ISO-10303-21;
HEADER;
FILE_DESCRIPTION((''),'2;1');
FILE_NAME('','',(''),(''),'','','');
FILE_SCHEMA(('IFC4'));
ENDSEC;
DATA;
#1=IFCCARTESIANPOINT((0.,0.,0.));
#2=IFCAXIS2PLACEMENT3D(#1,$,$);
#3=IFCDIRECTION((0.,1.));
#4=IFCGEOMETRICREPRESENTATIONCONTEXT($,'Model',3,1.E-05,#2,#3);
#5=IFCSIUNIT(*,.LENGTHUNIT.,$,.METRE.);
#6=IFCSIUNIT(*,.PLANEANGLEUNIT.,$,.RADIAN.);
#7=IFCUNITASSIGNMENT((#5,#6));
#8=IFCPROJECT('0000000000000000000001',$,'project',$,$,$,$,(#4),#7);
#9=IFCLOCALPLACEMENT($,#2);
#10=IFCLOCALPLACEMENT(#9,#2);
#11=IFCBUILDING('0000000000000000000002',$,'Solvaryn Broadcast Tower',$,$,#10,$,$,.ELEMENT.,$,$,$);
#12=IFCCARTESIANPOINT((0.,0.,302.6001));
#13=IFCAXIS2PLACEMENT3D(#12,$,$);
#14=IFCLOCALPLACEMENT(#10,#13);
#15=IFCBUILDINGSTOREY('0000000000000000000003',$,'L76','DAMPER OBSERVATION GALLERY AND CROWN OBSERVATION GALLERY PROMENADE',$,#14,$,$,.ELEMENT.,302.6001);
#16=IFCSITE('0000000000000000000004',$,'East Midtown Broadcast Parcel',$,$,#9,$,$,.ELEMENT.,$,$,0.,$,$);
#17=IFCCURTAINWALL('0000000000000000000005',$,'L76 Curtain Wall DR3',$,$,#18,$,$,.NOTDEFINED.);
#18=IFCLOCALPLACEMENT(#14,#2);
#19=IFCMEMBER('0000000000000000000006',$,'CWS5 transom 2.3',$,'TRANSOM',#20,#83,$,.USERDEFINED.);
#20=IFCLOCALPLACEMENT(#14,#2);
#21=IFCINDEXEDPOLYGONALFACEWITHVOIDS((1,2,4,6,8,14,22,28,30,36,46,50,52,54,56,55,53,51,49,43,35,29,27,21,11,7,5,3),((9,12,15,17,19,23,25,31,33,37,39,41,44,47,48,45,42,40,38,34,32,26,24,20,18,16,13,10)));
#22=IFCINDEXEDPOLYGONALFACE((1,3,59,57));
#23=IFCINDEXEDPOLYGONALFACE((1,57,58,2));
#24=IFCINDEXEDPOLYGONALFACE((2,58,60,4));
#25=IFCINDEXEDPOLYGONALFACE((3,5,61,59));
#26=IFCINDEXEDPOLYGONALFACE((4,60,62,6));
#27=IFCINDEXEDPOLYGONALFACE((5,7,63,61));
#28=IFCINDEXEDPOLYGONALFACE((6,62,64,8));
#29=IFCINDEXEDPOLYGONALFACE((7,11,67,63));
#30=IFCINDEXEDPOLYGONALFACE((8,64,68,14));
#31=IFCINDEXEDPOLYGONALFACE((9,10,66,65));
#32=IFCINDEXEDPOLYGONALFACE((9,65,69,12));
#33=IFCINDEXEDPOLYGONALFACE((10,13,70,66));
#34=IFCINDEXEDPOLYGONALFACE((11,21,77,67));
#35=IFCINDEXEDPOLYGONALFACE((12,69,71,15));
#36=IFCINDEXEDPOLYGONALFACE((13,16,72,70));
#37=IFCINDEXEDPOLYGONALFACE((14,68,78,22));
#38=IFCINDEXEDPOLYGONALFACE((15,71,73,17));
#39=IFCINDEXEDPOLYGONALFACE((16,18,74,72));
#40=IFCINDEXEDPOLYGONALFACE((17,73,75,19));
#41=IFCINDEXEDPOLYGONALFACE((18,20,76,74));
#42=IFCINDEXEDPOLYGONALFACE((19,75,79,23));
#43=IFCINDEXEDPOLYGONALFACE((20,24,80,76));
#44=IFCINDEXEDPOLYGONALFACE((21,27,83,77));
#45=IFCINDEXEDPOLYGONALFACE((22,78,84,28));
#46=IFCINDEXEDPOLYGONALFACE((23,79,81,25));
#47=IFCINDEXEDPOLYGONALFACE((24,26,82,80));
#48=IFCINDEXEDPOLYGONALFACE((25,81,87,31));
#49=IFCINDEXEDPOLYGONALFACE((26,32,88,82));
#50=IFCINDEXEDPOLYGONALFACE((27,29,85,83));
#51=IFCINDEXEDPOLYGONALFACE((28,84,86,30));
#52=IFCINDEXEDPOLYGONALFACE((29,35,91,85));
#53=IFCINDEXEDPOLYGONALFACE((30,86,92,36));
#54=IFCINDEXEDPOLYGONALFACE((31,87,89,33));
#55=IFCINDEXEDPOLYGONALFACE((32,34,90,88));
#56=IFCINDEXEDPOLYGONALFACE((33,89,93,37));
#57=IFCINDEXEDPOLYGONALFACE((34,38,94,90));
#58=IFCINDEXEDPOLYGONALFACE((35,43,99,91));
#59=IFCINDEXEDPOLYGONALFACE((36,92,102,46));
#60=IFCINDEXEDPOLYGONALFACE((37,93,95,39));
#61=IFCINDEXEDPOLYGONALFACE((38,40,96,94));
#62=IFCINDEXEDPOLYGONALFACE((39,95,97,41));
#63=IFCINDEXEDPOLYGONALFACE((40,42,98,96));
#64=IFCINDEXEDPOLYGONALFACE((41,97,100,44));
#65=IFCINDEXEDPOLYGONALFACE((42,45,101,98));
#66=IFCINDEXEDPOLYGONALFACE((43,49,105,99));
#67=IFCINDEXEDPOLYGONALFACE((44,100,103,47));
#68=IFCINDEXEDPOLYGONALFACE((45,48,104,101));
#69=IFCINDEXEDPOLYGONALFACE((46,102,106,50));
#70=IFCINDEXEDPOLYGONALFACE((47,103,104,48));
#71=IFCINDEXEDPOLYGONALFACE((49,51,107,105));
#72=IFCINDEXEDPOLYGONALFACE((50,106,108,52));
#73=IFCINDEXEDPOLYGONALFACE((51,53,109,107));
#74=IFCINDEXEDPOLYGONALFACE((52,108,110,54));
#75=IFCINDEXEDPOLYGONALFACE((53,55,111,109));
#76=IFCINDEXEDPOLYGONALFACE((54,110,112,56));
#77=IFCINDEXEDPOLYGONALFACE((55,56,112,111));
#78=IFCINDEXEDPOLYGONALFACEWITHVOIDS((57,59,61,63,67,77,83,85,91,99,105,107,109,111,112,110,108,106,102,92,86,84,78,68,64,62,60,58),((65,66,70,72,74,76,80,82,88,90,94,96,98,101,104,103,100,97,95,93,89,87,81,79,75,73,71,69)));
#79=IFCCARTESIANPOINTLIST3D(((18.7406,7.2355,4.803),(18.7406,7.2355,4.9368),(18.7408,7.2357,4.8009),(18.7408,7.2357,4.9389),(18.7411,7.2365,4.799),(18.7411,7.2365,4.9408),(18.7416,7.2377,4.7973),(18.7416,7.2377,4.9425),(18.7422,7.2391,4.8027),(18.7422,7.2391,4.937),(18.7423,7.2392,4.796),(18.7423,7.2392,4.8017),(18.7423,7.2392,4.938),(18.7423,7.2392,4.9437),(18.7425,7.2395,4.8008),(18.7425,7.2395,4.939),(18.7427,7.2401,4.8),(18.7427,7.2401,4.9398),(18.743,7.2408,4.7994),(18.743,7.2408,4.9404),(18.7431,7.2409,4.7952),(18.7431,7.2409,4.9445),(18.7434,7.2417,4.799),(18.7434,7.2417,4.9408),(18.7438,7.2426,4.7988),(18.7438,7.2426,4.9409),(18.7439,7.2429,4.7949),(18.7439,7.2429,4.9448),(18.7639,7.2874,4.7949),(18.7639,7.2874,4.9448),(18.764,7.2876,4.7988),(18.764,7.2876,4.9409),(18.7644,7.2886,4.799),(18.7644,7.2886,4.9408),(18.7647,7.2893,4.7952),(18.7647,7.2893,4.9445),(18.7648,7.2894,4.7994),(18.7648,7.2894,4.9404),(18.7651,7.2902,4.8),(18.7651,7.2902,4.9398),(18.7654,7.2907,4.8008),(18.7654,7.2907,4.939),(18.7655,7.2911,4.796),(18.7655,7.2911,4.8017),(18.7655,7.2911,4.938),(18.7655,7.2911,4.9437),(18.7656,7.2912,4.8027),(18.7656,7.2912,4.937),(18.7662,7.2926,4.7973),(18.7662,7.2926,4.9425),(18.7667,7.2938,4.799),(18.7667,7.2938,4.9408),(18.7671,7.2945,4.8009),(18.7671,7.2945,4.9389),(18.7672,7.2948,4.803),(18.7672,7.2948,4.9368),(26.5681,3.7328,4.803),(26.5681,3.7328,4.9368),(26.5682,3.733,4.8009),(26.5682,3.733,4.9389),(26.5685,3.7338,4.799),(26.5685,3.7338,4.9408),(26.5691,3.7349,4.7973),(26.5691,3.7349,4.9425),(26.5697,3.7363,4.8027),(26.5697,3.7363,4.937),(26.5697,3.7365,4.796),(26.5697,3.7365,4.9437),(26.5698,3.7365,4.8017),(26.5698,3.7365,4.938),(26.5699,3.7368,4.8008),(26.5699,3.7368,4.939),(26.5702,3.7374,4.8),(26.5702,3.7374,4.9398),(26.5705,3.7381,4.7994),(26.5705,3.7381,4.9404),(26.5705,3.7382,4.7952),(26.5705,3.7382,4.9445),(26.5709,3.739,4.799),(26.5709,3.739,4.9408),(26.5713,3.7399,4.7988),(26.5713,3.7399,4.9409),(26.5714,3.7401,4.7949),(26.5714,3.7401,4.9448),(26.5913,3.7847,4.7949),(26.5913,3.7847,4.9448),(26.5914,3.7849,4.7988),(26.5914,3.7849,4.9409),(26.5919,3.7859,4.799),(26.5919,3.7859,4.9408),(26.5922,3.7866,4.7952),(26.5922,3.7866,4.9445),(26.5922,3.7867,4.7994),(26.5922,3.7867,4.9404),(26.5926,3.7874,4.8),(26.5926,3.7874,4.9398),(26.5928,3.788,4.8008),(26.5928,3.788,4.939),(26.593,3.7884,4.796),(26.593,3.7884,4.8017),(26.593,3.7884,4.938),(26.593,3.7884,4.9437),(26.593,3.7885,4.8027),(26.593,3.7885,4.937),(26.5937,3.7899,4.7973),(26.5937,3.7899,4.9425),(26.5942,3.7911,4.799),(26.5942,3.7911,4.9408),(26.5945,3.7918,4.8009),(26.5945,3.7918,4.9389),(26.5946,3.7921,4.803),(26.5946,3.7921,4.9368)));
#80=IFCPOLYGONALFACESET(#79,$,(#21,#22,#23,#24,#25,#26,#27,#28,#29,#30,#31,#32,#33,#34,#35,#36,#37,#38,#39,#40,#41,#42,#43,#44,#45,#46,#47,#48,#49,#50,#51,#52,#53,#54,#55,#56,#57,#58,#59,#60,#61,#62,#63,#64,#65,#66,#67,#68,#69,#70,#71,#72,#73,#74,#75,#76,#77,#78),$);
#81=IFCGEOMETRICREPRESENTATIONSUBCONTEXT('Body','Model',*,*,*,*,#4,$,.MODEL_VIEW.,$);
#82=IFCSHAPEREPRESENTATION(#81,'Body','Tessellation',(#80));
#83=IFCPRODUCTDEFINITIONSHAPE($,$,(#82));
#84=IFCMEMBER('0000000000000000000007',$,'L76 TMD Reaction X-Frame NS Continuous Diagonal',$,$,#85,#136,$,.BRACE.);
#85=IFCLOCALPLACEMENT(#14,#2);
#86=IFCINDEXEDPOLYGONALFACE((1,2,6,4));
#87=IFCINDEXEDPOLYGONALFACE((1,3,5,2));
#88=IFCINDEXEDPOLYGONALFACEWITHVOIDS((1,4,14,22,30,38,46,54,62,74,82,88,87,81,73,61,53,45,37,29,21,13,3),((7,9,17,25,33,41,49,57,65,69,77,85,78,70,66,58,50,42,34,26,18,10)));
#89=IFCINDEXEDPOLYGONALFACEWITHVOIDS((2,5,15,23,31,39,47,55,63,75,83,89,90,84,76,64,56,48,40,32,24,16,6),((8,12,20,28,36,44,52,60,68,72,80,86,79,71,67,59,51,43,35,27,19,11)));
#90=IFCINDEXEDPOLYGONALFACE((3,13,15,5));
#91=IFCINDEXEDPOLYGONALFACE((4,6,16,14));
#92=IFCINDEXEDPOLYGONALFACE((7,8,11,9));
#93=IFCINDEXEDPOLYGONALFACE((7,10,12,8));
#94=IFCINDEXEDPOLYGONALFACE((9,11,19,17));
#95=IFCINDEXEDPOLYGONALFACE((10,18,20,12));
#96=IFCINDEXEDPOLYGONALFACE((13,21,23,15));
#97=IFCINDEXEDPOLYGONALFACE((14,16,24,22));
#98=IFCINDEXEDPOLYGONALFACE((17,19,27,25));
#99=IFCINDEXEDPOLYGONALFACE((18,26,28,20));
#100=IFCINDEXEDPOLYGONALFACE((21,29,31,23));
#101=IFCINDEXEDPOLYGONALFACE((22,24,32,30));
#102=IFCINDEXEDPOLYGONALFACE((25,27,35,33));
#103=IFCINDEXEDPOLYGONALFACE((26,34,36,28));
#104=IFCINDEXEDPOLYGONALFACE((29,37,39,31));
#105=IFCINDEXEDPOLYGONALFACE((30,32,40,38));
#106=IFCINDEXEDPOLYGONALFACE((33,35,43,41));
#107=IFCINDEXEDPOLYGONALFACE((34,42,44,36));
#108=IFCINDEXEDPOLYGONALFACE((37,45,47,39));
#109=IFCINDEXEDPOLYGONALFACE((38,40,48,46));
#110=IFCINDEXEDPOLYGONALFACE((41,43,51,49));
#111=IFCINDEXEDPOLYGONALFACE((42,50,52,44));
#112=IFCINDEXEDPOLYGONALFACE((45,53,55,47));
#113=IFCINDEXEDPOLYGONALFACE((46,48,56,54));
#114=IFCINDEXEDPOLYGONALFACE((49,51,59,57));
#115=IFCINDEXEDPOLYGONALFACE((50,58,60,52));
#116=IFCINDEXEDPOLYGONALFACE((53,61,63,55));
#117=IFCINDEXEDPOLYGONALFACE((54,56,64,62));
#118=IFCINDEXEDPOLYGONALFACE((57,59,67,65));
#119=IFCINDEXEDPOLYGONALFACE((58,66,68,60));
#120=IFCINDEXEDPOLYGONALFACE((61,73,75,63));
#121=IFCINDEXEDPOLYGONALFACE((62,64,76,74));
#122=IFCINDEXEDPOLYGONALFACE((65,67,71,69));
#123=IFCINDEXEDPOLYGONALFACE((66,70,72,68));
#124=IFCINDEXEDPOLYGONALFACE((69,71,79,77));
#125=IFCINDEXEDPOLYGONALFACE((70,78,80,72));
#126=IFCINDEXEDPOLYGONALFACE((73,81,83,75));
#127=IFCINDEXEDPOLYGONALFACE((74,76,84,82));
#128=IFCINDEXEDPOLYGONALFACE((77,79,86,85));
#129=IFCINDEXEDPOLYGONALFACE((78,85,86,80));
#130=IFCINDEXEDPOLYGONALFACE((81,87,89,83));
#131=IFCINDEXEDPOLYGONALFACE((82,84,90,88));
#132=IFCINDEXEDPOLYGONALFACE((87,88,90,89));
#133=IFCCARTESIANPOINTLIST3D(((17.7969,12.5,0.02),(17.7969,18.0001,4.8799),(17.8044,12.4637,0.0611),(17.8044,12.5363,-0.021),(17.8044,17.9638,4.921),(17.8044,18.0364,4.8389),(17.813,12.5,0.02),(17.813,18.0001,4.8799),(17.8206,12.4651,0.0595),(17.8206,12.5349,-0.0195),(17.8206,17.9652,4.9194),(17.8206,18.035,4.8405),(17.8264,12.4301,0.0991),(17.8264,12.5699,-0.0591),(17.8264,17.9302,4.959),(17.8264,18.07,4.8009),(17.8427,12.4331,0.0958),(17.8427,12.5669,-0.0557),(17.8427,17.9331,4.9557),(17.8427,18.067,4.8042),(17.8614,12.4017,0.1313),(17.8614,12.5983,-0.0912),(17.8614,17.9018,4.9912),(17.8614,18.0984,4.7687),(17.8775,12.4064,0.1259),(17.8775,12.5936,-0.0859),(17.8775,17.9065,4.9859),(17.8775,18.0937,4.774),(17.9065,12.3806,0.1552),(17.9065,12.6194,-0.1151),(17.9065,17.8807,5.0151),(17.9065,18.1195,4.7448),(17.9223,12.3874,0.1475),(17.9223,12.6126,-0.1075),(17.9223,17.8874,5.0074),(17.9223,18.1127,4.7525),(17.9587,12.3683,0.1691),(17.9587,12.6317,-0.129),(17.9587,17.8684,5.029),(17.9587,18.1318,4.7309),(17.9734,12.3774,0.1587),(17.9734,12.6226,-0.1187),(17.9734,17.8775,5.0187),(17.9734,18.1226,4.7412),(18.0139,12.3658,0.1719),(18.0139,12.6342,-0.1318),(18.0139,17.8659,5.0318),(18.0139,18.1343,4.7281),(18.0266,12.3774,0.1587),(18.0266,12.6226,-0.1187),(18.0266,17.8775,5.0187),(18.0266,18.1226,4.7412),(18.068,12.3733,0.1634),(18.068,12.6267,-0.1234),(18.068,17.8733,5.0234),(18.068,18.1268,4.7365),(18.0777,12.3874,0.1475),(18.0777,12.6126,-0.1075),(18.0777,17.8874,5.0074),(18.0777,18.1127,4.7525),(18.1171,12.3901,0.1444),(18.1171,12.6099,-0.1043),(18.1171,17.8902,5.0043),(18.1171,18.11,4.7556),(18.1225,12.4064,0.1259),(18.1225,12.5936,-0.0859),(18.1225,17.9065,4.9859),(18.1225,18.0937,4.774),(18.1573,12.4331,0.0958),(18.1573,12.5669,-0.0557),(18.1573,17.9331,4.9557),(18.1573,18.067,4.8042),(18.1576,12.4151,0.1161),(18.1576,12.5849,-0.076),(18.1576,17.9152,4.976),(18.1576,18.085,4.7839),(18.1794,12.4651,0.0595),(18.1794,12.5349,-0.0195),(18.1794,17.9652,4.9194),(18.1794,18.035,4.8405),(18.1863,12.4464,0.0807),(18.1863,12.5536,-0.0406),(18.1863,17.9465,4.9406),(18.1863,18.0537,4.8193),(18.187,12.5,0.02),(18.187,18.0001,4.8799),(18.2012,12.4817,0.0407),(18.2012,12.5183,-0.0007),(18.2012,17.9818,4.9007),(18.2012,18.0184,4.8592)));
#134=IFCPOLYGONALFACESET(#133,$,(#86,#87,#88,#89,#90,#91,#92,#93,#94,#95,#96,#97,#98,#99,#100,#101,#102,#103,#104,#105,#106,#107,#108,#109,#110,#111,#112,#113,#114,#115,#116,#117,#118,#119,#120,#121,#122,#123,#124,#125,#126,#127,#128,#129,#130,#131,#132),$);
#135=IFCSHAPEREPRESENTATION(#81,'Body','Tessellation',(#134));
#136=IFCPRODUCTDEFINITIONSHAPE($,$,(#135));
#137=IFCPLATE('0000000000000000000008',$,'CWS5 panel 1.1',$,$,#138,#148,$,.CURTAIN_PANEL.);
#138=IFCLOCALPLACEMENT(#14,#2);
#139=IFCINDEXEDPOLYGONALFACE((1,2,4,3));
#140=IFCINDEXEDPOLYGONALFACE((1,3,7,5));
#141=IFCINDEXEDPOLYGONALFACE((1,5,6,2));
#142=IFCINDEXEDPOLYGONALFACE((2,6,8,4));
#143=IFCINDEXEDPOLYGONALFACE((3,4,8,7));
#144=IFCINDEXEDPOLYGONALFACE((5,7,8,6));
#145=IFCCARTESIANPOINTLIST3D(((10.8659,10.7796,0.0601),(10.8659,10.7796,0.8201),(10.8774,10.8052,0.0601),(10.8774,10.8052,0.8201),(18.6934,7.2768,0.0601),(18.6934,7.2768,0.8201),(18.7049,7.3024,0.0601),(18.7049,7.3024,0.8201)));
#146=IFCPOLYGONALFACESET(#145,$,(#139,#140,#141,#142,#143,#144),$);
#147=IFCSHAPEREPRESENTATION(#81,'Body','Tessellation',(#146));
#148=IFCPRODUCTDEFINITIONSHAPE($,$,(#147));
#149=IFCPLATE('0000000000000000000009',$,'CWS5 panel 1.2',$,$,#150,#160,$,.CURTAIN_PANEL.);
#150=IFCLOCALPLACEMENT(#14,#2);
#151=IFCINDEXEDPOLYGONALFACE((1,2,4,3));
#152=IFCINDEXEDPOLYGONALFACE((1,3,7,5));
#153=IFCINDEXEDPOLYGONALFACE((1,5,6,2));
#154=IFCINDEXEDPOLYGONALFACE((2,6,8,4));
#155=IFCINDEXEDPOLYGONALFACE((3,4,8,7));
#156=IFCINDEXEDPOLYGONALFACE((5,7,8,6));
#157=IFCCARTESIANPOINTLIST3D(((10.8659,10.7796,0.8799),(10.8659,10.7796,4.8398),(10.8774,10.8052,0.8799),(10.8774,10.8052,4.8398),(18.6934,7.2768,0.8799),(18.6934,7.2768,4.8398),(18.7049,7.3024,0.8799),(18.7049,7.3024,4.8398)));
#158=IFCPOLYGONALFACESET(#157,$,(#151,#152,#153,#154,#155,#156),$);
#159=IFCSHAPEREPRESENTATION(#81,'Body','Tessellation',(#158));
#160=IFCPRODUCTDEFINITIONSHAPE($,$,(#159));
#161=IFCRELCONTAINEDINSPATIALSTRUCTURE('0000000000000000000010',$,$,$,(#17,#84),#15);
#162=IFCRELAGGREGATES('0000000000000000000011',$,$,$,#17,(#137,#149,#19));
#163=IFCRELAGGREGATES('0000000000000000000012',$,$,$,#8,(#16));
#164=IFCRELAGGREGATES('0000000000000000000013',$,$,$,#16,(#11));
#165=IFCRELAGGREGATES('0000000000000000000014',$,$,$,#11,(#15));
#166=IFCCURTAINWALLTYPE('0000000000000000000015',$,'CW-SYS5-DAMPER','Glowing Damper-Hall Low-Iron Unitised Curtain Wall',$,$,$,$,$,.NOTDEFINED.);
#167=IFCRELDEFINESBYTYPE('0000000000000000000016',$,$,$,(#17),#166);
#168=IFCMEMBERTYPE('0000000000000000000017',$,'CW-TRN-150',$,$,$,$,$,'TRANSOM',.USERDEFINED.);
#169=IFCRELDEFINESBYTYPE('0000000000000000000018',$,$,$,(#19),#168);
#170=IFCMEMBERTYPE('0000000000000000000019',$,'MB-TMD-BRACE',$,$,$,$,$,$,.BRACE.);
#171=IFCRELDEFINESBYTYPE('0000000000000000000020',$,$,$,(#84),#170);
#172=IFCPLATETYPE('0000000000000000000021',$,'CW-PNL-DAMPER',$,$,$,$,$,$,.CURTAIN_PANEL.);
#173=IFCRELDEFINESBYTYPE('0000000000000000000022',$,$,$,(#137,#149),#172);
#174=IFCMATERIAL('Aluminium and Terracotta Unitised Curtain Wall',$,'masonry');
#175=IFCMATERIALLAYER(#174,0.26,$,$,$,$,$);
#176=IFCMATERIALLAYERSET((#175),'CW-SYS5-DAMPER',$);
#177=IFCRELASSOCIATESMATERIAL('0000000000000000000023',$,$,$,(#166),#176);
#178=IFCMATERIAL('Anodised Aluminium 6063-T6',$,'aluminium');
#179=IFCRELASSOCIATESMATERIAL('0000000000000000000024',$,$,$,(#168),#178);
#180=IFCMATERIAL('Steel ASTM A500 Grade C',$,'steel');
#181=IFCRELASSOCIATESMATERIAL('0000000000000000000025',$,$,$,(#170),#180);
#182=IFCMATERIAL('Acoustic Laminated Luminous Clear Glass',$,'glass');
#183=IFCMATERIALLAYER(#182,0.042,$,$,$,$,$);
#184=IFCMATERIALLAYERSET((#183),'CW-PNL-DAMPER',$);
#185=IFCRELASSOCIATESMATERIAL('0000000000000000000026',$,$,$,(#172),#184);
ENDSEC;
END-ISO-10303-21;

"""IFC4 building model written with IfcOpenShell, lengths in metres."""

from ifc_helpers import new_model, si_unit, direction, frame, origin, origin_2d, place, context, subcontext, project, spatial, rectangle, hollow_rectangle, hollow_circle, extrude, material, layer, layer_set, material_profile, profile_set, type_object, element, aggregate, save


model = new_model("IFC4")

# Units and contexts
model_context = context("Model", 3, precision=1e-05, world=origin(), true_north=direction((0.0, 1.0)))
body_context = subcontext(model_context, "Body", "Model", "MODEL_VIEW")
ifc_project = project(units=[si_unit("LENGTHUNIT", "METRE"), si_unit("PLANEANGLEUNIT", "RADIAN")], contexts=[model_context])

# Site, building, storey
site_placement = place(None, origin())
site = spatial("IfcSite", under=ifc_project, at=site_placement, Name="East Midtown Broadcast Parcel", CompositionType="ELEMENT", RefElevation=0.0)
building_placement = place(site_placement, origin())
building = spatial("IfcBuilding", under=site, at=building_placement, Name="Solvaryn Broadcast Tower", CompositionType="ELEMENT")
storey_placement = place(building_placement, frame((0.0, 0.0, 302.6001)))
storey = spatial("IfcBuildingStorey", under=building, at=storey_placement, Name="L76", Description="DAMPER OBSERVATION GALLERY AND CROWN OBSERVATION GALLERY PROMENADE", CompositionType="ELEMENT", Elevation=302.6001)

# Shared definitions
ifc_material_1 = material(Name="Aluminium and Terracotta Unitised Curtain Wall", Category="masonry")
ifc_layer_1 = layer(ifc_material_1, 0.26)
ifc_layer_set_1 = layer_set([ifc_layer_1], Name="CW-SYS5-DAMPER")
curtain_wall_type = type_object("IfcCurtainWallType", Name="CW-SYS5-DAMPER", Description="Glowing Damper-Hall Low-Iron Unitised Curtain Wall", PredefinedType="NOTDEFINED", material=ifc_layer_set_1)

# Curtain wall, member
curtain_wall_1_placement = place(storey_placement, origin())
curtain_wall_1 = element("IfcCurtainWall", 1, at=curtain_wall_1_placement, inside=storey, type_object=curtain_wall_type, Name="L76 Curtain Wall DR3", PredefinedType="NOTDEFINED")
ifc_material_2 = material(Name="Anodised Aluminium 6063-T6", Category="aluminium")
ifc_material_profile_1 = material_profile(ifc_material_2, hollow_rectangle(XDim=0.0649, YDim=0.1499, WallThickness=0.0039, InnerFilletRadius=0.0039, OuterFilletRadius=0.0081, at=origin_2d()))
ifc_profile_set_1 = profile_set([ifc_material_profile_1], Name="Anodised Aluminium 6063-T6")
member_type_1 = type_object("IfcMemberType", Name="CW-TRN-150", ElementType="TRANSOM", PredefinedType="USERDEFINED", material=ifc_profile_set_1)
member_1_placement = place(storey_placement, frame((18.7539, 7.2651, 4.8699), z_axis=(0.912777, -0.408459, 0.0), x_axis=(0.408459, 0.912777, 0.0)))
member_1 = element("IfcMember", 2, at=member_1_placement, type_object=member_type_1, Name="CWS5 transom 2.3", ObjectType="TRANSOM", PredefinedType="USERDEFINED", context=body_context, shape_type="SweptSolid", body=[
    extrude(hollow_rectangle(XDim=0.0649, YDim=0.1499, WallThickness=0.0039, InnerFilletRadius=0.0039, OuterFilletRadius=0.0081, at=origin_2d()), origin(), (0.0, 0.0, 1.0), 8.5754),
])

# Member
ifc_material_3 = material(Name="Steel ASTM A500 Grade C", Category="steel")
ifc_material_profile_2 = material_profile(ifc_material_3, hollow_circle(Radius=0.2031, WallThickness=0.0161, at=origin_2d()))
ifc_profile_set_2 = profile_set([ifc_material_profile_2], Name="Steel ASTM A500 Grade C")
member_type_2 = type_object("IfcMemberType", Name="MB-TMD-BRACE", PredefinedType="BRACE", material=ifc_profile_set_2)
member_2_placement = place(storey_placement, frame((18.0, 12.5, 0.02), z_axis=(0.0, 0.74937, 0.662152), x_axis=(-1.0, 0.0, 0.0)))
element("IfcMember", 3, at=member_2_placement, inside=storey, type_object=member_type_2, Name="L76 TMD Reaction X-Frame NS Continuous Diagonal", PredefinedType="BRACE", context=body_context, shape_type="SweptSolid", body=[
    extrude(hollow_circle(Radius=0.2031, WallThickness=0.0161, at=origin_2d()), origin(), (0.0, 0.0, 1.0), 7.3396),
])

# Plates
ifc_material_4 = material(Name="Acoustic Laminated Luminous Clear Glass", Category="glass")
ifc_layer_2 = layer(ifc_material_4, 0.042)
ifc_layer_set_2 = layer_set([ifc_layer_2], Name="CW-PNL-DAMPER")
plate_type = type_object("IfcPlateType", Name="CW-PNL-DAMPER", PredefinedType="CURTAIN_PANEL", material=ifc_layer_set_2)
plate_1_placement = place(storey_placement, frame((14.7854, 9.041, 0.0601), z_axis=(0.0, 0.0, 1.0), x_axis=(0.912774, -0.408466, 0.0)))
plate_1 = element("IfcPlate", 4, at=plate_1_placement, type_object=plate_type, Name="CWS5 panel 1.1", PredefinedType="CURTAIN_PANEL", context=body_context, shape_type="SweptSolid", body=[
    extrude(rectangle(XDim=8.5754, YDim=0.0281, at=origin_2d()), origin(), (0.0, 0.0, 1.0), 0.76),
])
plate_2_placement = place(storey_placement, frame((14.7854, 9.041, 0.8799), z_axis=(0.0, 0.0, 1.0), x_axis=(0.912774, -0.408466, 0.0)))
plate_2 = element("IfcPlate", 5, at=plate_2_placement, type_object=plate_type, Name="CWS5 panel 1.2", PredefinedType="CURTAIN_PANEL", context=body_context, shape_type="SweptSolid", body=[
    extrude(rectangle(XDim=8.5754, YDim=0.0281, at=origin_2d()), origin(), (0.0, 0.0, 1.0), 3.96),
])
aggregate(curtain_wall_1, [plate_1, plate_2, member_1])

save(model, "model.ifc")
